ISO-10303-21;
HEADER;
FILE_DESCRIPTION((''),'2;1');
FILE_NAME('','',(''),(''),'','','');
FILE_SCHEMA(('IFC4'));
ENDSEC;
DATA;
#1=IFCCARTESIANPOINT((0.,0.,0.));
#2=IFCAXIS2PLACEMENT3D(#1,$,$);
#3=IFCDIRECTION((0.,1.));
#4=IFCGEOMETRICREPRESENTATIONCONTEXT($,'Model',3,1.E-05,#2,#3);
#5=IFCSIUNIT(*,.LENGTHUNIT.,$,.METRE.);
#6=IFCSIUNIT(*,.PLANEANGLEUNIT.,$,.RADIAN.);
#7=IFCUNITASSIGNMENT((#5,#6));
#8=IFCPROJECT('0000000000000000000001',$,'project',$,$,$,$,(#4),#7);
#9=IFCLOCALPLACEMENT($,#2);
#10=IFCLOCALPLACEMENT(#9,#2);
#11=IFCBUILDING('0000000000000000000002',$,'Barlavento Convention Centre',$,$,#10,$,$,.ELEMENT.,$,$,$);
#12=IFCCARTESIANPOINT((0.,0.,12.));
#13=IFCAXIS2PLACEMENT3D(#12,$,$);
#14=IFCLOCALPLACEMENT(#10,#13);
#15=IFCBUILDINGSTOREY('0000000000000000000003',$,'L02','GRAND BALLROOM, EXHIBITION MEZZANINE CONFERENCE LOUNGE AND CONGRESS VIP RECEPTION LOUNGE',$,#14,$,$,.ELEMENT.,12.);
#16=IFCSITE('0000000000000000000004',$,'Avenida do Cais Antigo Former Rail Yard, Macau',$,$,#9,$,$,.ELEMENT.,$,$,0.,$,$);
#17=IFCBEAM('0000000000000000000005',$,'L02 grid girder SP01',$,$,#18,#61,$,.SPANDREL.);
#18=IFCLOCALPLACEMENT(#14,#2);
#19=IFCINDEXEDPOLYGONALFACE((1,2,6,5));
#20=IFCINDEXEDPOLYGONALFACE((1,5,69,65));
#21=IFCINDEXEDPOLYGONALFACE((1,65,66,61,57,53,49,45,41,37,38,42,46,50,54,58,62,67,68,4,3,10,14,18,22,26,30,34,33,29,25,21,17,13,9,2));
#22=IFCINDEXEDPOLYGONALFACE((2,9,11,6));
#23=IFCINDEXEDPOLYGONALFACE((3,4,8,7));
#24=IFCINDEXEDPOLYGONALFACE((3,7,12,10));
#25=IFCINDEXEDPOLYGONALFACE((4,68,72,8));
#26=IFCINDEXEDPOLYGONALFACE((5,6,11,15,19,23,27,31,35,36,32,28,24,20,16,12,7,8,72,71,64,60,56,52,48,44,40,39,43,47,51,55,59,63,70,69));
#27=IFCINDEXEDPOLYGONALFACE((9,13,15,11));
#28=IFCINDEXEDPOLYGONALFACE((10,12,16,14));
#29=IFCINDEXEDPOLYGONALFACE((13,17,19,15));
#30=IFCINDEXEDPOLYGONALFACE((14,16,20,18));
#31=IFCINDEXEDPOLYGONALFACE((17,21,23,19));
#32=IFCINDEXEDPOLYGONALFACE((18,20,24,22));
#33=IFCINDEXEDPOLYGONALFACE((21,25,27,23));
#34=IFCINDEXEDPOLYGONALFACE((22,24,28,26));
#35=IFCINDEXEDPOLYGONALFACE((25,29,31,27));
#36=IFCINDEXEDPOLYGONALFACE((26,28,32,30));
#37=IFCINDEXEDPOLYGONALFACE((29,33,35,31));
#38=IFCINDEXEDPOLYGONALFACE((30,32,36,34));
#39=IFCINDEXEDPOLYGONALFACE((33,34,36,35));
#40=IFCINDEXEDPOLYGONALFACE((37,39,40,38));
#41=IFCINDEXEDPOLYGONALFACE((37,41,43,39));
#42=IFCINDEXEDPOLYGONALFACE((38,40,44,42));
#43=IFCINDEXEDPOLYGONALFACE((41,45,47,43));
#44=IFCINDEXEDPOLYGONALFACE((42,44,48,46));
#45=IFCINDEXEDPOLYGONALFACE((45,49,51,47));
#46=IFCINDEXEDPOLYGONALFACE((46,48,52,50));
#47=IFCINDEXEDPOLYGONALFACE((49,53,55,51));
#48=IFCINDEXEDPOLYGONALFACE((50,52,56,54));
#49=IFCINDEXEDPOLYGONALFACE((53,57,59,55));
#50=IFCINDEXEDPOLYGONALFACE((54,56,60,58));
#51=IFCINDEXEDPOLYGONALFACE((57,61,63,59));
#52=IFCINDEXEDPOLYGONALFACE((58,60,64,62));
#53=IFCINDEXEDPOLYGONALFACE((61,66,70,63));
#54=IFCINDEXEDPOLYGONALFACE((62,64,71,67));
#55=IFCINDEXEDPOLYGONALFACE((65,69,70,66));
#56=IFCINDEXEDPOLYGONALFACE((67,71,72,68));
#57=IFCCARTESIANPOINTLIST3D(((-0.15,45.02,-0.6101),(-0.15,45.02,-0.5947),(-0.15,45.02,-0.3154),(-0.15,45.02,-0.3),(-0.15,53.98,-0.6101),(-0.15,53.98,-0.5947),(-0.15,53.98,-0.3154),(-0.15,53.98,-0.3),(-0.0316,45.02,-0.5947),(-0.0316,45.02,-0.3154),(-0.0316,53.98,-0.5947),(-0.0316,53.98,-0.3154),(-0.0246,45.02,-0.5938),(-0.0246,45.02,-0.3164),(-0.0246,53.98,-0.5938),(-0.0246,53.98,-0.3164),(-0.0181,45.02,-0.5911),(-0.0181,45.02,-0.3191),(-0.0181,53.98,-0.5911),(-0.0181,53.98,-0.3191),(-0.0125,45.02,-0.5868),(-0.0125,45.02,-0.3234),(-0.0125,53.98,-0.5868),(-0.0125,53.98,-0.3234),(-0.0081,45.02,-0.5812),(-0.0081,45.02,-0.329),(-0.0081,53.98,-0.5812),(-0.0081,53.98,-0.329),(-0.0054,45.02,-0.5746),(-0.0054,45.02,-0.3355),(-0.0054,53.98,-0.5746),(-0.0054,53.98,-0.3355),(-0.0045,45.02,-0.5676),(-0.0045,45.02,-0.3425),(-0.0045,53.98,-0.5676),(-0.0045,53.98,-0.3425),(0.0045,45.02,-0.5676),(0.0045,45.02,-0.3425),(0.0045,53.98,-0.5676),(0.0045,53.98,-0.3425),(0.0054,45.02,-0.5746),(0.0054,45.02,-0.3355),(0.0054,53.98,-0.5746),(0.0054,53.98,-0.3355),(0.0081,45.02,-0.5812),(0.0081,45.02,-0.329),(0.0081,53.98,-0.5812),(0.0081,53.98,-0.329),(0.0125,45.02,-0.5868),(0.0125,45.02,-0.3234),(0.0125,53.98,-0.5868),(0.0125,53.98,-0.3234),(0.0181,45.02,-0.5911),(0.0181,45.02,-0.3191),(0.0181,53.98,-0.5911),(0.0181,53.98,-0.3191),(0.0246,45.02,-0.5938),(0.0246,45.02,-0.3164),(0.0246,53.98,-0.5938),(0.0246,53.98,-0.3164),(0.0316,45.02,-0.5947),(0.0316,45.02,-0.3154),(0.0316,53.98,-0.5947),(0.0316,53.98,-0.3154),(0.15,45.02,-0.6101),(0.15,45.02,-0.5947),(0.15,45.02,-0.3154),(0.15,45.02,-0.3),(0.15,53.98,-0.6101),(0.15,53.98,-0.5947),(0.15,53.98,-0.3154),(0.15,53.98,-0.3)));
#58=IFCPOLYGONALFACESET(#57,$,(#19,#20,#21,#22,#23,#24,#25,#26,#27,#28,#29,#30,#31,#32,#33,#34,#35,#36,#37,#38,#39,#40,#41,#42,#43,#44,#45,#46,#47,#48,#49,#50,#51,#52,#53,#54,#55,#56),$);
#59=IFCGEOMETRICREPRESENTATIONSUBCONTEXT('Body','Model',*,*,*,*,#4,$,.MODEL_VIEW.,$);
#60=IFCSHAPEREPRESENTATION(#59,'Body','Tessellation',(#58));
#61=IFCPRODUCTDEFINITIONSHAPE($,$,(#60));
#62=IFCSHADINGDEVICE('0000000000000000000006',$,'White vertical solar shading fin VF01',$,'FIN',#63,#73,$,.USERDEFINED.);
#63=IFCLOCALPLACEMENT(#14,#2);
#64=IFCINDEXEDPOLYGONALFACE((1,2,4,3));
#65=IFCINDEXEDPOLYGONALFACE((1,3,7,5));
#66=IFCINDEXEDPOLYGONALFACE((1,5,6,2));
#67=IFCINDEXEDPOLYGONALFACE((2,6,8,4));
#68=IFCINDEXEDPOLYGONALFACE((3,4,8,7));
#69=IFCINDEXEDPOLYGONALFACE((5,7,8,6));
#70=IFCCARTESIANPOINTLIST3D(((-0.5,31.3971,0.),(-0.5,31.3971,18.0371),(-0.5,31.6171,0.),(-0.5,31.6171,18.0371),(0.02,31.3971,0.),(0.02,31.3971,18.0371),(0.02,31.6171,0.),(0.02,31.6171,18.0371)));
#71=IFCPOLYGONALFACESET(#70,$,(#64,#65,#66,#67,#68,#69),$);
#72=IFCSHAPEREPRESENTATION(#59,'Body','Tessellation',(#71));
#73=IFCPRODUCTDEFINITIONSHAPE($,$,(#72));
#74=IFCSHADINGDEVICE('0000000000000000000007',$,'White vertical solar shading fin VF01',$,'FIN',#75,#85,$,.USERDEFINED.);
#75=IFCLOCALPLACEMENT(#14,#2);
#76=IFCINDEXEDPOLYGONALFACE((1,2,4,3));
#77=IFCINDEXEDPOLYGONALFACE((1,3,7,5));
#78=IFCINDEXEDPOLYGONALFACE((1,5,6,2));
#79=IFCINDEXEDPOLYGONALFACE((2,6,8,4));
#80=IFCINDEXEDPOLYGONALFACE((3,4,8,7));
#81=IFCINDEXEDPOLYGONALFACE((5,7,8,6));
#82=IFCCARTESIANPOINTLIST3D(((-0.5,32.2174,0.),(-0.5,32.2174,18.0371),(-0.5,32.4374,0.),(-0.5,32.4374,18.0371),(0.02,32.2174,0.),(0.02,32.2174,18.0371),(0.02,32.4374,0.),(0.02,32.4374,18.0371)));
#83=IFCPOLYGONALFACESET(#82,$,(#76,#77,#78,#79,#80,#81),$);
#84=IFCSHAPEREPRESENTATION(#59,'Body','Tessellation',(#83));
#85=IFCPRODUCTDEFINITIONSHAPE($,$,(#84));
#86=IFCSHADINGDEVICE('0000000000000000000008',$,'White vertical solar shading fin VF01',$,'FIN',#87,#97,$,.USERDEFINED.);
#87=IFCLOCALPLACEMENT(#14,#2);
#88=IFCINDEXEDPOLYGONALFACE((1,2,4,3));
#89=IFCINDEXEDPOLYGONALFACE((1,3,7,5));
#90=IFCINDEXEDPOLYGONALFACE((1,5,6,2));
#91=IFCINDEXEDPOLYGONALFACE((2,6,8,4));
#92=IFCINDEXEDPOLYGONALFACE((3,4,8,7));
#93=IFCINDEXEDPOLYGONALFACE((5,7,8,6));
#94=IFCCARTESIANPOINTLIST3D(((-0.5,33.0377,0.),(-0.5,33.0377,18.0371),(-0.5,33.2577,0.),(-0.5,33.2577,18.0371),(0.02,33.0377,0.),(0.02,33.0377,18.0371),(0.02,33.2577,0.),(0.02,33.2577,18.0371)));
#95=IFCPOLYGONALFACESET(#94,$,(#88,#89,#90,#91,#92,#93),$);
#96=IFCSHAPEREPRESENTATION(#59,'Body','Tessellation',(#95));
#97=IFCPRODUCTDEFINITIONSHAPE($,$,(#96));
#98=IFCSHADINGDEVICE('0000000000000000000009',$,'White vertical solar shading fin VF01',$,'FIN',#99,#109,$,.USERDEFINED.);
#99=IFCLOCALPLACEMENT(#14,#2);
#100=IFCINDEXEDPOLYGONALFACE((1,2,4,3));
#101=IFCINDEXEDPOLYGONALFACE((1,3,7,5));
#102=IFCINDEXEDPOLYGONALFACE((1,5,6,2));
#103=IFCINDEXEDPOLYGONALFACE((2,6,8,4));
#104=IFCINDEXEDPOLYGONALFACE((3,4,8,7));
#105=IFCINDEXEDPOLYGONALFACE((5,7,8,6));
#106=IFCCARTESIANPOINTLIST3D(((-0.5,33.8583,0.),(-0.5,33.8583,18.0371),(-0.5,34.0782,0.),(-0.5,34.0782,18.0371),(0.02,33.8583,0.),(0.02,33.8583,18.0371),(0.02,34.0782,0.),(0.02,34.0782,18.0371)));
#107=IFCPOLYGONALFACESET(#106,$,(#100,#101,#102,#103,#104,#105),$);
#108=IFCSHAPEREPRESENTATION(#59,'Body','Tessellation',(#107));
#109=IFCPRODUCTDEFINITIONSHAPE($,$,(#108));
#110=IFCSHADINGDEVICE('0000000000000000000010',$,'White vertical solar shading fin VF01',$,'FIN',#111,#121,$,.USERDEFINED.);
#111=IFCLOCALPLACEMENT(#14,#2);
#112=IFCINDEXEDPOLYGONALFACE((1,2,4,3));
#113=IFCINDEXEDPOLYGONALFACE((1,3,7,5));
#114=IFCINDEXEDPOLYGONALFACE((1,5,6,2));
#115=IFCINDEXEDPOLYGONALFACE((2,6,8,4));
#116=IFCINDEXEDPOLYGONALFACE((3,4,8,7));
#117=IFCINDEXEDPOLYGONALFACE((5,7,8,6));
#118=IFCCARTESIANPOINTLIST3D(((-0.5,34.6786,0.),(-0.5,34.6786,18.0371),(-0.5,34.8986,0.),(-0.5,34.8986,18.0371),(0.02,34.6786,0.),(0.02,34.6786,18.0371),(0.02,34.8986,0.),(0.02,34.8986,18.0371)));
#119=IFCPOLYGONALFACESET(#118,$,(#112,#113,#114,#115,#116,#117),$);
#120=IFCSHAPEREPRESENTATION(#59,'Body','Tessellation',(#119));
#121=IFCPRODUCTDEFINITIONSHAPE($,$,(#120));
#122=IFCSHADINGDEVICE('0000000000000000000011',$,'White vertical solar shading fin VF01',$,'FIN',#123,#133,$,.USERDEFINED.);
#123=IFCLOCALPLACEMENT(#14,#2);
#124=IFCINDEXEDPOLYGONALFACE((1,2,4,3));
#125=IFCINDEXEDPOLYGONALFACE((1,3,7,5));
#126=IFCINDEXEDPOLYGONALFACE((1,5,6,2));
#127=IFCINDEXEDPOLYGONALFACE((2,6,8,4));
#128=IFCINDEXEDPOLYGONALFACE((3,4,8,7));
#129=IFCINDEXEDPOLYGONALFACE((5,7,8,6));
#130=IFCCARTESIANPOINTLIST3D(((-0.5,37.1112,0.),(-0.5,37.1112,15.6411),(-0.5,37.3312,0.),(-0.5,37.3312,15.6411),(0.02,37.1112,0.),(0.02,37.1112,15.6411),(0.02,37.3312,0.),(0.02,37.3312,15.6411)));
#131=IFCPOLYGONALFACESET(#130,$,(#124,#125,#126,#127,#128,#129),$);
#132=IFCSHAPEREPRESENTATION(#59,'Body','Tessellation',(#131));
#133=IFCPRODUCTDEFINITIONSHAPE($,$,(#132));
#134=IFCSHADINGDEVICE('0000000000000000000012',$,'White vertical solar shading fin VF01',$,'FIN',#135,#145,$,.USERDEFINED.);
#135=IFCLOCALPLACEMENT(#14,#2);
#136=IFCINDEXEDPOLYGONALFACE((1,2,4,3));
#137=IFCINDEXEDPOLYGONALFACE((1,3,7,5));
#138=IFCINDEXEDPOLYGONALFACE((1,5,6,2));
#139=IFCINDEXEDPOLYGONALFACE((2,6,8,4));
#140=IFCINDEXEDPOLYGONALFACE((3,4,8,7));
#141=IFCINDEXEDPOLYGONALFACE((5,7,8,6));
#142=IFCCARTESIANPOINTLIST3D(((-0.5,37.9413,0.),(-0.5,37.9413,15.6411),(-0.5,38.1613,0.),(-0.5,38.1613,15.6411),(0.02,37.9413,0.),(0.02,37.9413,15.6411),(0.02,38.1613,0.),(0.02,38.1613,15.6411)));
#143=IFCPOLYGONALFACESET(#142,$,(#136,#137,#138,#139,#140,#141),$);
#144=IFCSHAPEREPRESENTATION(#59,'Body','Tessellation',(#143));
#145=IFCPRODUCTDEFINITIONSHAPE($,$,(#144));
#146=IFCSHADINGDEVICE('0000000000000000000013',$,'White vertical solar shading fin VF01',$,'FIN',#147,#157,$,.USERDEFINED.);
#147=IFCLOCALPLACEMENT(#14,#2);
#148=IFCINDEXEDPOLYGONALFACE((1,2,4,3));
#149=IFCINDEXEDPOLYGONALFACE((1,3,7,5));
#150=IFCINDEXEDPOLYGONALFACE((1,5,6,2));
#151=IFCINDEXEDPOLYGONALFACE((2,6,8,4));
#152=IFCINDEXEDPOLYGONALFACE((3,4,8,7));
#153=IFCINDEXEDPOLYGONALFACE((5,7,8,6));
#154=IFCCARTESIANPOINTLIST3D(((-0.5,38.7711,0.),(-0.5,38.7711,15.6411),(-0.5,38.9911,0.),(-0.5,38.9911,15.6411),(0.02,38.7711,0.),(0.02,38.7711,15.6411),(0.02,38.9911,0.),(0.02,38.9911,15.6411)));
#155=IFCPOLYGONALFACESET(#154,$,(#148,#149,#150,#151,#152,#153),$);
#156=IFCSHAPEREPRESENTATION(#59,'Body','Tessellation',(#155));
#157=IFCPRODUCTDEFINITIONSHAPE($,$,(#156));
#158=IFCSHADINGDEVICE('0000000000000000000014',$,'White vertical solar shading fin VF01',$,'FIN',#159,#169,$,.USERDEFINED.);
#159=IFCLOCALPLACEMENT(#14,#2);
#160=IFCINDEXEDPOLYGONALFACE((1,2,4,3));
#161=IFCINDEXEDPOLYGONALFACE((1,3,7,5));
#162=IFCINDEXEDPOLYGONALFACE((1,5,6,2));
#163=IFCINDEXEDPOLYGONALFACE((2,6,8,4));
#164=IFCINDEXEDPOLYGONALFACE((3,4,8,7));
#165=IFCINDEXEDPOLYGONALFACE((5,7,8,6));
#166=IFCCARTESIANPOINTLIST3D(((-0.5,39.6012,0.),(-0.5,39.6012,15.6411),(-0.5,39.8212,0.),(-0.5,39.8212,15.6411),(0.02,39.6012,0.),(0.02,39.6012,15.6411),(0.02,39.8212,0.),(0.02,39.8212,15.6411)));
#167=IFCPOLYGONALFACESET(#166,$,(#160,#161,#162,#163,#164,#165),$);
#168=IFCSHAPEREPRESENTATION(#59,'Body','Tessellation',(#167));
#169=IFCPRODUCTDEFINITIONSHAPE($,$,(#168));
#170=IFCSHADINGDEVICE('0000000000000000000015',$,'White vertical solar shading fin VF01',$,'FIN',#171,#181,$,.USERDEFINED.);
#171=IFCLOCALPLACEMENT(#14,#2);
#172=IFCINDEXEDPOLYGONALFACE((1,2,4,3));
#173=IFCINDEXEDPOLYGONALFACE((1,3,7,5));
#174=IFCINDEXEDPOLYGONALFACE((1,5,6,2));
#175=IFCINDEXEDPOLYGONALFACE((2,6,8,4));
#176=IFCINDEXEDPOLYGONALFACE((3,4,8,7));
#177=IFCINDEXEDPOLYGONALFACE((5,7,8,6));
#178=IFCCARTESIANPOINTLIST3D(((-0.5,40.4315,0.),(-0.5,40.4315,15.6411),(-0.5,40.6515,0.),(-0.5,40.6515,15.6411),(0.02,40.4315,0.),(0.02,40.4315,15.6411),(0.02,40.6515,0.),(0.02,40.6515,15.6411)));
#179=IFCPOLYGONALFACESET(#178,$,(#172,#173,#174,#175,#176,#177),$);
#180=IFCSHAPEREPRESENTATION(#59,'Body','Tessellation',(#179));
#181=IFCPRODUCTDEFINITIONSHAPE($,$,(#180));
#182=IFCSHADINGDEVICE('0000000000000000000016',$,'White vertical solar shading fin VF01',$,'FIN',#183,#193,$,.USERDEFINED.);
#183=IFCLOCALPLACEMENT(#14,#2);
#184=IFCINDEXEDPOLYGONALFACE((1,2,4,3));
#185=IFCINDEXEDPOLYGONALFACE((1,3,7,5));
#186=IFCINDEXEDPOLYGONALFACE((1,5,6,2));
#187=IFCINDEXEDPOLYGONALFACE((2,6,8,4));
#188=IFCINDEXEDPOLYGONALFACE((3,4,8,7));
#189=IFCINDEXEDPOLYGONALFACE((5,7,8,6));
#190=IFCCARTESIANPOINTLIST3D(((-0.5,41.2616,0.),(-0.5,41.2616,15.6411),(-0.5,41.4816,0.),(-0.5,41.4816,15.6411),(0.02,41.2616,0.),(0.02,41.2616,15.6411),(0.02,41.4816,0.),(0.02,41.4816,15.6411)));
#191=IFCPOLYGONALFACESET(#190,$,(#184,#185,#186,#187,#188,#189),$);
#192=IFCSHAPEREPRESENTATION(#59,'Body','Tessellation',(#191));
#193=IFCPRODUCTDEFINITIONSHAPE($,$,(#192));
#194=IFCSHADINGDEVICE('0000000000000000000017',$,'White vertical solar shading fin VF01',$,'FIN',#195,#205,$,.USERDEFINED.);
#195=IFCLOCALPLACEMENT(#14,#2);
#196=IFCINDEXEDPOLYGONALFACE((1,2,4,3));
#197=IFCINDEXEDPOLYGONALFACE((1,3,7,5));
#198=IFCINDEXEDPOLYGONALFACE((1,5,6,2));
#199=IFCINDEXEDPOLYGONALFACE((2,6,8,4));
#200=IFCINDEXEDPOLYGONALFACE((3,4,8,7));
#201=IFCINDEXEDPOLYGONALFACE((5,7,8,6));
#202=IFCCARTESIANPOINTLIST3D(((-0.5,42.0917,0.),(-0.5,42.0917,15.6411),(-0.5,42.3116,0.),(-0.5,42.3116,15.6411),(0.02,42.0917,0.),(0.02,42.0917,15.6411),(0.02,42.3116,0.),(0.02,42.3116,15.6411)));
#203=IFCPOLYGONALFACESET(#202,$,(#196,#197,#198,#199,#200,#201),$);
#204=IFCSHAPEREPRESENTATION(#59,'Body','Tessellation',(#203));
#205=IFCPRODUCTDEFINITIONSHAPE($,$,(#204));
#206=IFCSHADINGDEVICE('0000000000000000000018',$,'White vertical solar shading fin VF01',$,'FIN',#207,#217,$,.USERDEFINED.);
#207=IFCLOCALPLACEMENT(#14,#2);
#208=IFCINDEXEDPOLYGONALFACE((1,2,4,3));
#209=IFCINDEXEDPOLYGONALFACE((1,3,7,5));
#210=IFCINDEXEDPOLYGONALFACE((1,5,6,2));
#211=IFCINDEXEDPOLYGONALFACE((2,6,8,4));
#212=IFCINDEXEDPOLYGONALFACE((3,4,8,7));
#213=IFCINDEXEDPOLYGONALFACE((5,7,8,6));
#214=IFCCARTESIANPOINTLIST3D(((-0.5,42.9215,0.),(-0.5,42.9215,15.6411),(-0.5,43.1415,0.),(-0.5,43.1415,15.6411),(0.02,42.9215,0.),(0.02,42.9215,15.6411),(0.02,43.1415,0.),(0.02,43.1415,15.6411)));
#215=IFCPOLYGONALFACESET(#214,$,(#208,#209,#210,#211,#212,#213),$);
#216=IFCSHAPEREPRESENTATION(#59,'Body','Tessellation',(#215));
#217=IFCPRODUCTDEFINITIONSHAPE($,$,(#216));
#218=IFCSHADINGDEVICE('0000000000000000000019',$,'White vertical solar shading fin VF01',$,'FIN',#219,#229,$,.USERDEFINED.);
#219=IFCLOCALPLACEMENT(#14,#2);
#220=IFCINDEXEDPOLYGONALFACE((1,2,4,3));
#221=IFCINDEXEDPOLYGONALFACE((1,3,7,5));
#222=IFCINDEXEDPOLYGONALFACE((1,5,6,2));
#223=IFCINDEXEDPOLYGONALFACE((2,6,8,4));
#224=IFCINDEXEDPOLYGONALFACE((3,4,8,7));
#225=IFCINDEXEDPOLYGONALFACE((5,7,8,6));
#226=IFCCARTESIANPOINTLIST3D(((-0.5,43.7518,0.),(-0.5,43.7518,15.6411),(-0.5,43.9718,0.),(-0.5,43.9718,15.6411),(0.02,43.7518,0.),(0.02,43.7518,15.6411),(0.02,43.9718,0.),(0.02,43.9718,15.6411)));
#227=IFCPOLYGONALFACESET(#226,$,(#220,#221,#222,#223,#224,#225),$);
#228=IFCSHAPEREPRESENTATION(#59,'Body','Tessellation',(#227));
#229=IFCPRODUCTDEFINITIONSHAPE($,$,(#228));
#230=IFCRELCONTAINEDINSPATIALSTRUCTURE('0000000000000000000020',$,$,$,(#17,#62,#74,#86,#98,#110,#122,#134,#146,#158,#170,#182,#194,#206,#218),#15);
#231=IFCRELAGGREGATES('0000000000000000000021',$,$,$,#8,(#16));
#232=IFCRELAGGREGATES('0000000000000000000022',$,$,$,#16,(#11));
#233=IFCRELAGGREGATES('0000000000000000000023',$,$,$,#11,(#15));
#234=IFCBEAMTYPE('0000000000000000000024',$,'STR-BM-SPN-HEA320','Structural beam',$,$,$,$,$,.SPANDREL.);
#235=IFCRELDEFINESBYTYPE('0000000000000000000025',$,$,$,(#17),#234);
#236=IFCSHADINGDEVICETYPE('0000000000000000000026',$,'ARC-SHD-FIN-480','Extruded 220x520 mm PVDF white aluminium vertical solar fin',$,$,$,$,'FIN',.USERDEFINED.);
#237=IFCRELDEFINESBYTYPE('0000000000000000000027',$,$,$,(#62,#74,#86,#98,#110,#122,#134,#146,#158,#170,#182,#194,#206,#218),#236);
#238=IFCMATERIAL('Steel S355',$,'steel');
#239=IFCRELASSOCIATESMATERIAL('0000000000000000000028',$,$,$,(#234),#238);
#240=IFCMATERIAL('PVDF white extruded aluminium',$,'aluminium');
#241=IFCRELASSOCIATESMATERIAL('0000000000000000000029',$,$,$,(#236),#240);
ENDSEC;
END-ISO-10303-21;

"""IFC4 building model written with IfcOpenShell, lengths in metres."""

from ifc_helpers import new_model, si_unit, direction, frame, origin, origin_2d, place, context, subcontext, project, spatial, rectangle, i_section, extrude, material, material_profile, profile_set, type_object, element, save


model = new_model("IFC4")

# Units and contexts
model_context = context("Model", 3, precision=1e-05, world=origin(), true_north=direction((0.0, 1.0)))
body_context = subcontext(model_context, "Body", "Model", "MODEL_VIEW")
ifc_project = project(units=[si_unit("LENGTHUNIT", "METRE"), si_unit("PLANEANGLEUNIT", "RADIAN")], contexts=[model_context])

# Site, building, storey
site_placement = place(None, origin())
site = spatial("IfcSite", under=ifc_project, at=site_placement, Name="Avenida do Cais Antigo Former Rail Yard, Macau", CompositionType="ELEMENT", RefElevation=0.0)
building_placement = place(site_placement, origin())
building = spatial("IfcBuilding", under=site, at=building_placement, Name="Barlavento Convention Centre", CompositionType="ELEMENT")
storey_placement = place(building_placement, frame((0.0, 0.0, 12.0)))
storey = spatial("IfcBuildingStorey", under=building, at=storey_placement, Name="L02", Description="GRAND BALLROOM, EXHIBITION MEZZANINE CONFERENCE LOUNGE AND CONGRESS VIP RECEPTION LOUNGE", CompositionType="ELEMENT", Elevation=12.0)

# Shared definitions
ifc_material_1 = material(Name="Steel S355", Category="steel")

# Beam
ifc_material_profile_1 = material_profile(ifc_material_1, i_section(OverallWidth=0.3, OverallDepth=0.3101, WebThickness=0.009, FlangeThickness=0.0154, FilletRadius=0.0271, at=origin_2d()), Name="HEA 320")
ifc_profile_set_1 = profile_set([ifc_material_profile_1], Name="Steel S355")
beam_type_1 = type_object("IfcBeamType", Name="STR-BM-SPN-HEA320", Description="Structural beam", PredefinedType="SPANDREL", material=ifc_profile_set_1)
beam_1_placement = place(storey_placement, frame((0.0, 45.02, -0.4551), z_axis=(0.0, 1.0, 0.0), x_axis=(-1.0, 0.0, 0.0)))
element("IfcBeam", 1, at=beam_1_placement, inside=storey, type_object=beam_type_1, Name="L02 grid girder SP01", PredefinedType="SPANDREL", context=body_context, shape_type="SweptSolid", body=[
    extrude(i_section(OverallWidth=0.3, OverallDepth=0.3101, WebThickness=0.009, FlangeThickness=0.0154, FilletRadius=0.0271, at=origin_2d()), origin(), (0.0, 0.0, 1.0), 8.96),
])

# Shading devices
ifc_material_2 = material(Name="PVDF white extruded aluminium", Category="aluminium")
shading_device_type = type_object("IfcShadingDeviceType", Name="ARC-SHD-FIN-480", Description="Extruded 220x520 mm PVDF white aluminium vertical solar fin", ElementType="FIN", PredefinedType="USERDEFINED", material=ifc_material_2)
for number, where, z_axis, x_axis, name in (
    (2, (-0.24, 31.5071, 0.0), (0.0, 0.0, 1.0), (0.0, 1.0, 0.0), "White vertical solar shading fin VF01"),
    (3, (-0.24, 32.3274, 0.0), (0.0, 0.0, 1.0), (0.0, 1.0, 0.0), "White vertical solar shading fin VF01"),
    (4, (-0.24, 33.1477, 0.0), (0.0, 0.0, 1.0), (0.0, 1.0, 0.0), "White vertical solar shading fin VF01"),
    (5, (-0.24, 33.9683, 0.0), (0.0, 0.0, 1.0), (0.0, 1.0, 0.0), "White vertical solar shading fin VF01"),
    (6, (-0.24, 34.7886, 0.0), (0.0, 0.0, 1.0), (0.0, 1.0, 0.0), "White vertical solar shading fin VF01"),
):
    element("IfcShadingDevice", number, at=place(storey_placement, frame(where, z_axis=z_axis, x_axis=x_axis)), inside=storey, type_object=shading_device_type, Name=name, ObjectType="FIN", PredefinedType="USERDEFINED", context=body_context, shape_type="SweptSolid", body=[
        extrude(rectangle(XDim=0.22, YDim=0.52, at=origin_2d()), origin(), (0.0, 0.0, 1.0), 18.0371),
    ])
for number, where, z_axis, x_axis, name in (
    (7, (-0.24, 37.2212, 0.0), (0.0, 0.0, 1.0), (0.0, 1.0, 0.0), "White vertical solar shading fin VF01"),
    (8, (-0.24, 38.0513, 0.0), (0.0, 0.0, 1.0), (0.0, 1.0, 0.0), "White vertical solar shading fin VF01"),
    (9, (-0.24, 38.8811, 0.0), (0.0, 0.0, 1.0), (0.0, 1.0, 0.0), "White vertical solar shading fin VF01"),
    (10, (-0.24, 39.7112, 0.0), (0.0, 0.0, 1.0), (0.0, 1.0, 0.0), "White vertical solar shading fin VF01"),
    (11, (-0.24, 40.5415, 0.0), (0.0, 0.0, 1.0), (0.0, 1.0, 0.0), "White vertical solar shading fin VF01"),
    (12, (-0.24, 41.3716, 0.0), (0.0, 0.0, 1.0), (0.0, 1.0, 0.0), "White vertical solar shading fin VF01"),
    (13, (-0.24, 42.2017, 0.0), (0.0, 0.0, 1.0), (0.0, 1.0, 0.0), "White vertical solar shading fin VF01"),
    (14, (-0.24, 43.0315, 0.0), (0.0, 0.0, 1.0), (0.0, 1.0, 0.0), "White vertical solar shading fin VF01"),
    (15, (-0.24, 43.8618, 0.0), (0.0, 0.0, 1.0), (0.0, 1.0, 0.0), "White vertical solar shading fin VF01"),
):
    element("IfcShadingDevice", number, at=place(storey_placement, frame(where, z_axis=z_axis, x_axis=x_axis)), inside=storey, type_object=shading_device_type, Name=name, ObjectType="FIN", PredefinedType="USERDEFINED", context=body_context, shape_type="SweptSolid", body=[
        extrude(rectangle(XDim=0.22, YDim=0.52, at=origin_2d()), origin(), (0.0, 0.0, 1.0), 15.6411),
    ])

save(model, "model.ifc")
